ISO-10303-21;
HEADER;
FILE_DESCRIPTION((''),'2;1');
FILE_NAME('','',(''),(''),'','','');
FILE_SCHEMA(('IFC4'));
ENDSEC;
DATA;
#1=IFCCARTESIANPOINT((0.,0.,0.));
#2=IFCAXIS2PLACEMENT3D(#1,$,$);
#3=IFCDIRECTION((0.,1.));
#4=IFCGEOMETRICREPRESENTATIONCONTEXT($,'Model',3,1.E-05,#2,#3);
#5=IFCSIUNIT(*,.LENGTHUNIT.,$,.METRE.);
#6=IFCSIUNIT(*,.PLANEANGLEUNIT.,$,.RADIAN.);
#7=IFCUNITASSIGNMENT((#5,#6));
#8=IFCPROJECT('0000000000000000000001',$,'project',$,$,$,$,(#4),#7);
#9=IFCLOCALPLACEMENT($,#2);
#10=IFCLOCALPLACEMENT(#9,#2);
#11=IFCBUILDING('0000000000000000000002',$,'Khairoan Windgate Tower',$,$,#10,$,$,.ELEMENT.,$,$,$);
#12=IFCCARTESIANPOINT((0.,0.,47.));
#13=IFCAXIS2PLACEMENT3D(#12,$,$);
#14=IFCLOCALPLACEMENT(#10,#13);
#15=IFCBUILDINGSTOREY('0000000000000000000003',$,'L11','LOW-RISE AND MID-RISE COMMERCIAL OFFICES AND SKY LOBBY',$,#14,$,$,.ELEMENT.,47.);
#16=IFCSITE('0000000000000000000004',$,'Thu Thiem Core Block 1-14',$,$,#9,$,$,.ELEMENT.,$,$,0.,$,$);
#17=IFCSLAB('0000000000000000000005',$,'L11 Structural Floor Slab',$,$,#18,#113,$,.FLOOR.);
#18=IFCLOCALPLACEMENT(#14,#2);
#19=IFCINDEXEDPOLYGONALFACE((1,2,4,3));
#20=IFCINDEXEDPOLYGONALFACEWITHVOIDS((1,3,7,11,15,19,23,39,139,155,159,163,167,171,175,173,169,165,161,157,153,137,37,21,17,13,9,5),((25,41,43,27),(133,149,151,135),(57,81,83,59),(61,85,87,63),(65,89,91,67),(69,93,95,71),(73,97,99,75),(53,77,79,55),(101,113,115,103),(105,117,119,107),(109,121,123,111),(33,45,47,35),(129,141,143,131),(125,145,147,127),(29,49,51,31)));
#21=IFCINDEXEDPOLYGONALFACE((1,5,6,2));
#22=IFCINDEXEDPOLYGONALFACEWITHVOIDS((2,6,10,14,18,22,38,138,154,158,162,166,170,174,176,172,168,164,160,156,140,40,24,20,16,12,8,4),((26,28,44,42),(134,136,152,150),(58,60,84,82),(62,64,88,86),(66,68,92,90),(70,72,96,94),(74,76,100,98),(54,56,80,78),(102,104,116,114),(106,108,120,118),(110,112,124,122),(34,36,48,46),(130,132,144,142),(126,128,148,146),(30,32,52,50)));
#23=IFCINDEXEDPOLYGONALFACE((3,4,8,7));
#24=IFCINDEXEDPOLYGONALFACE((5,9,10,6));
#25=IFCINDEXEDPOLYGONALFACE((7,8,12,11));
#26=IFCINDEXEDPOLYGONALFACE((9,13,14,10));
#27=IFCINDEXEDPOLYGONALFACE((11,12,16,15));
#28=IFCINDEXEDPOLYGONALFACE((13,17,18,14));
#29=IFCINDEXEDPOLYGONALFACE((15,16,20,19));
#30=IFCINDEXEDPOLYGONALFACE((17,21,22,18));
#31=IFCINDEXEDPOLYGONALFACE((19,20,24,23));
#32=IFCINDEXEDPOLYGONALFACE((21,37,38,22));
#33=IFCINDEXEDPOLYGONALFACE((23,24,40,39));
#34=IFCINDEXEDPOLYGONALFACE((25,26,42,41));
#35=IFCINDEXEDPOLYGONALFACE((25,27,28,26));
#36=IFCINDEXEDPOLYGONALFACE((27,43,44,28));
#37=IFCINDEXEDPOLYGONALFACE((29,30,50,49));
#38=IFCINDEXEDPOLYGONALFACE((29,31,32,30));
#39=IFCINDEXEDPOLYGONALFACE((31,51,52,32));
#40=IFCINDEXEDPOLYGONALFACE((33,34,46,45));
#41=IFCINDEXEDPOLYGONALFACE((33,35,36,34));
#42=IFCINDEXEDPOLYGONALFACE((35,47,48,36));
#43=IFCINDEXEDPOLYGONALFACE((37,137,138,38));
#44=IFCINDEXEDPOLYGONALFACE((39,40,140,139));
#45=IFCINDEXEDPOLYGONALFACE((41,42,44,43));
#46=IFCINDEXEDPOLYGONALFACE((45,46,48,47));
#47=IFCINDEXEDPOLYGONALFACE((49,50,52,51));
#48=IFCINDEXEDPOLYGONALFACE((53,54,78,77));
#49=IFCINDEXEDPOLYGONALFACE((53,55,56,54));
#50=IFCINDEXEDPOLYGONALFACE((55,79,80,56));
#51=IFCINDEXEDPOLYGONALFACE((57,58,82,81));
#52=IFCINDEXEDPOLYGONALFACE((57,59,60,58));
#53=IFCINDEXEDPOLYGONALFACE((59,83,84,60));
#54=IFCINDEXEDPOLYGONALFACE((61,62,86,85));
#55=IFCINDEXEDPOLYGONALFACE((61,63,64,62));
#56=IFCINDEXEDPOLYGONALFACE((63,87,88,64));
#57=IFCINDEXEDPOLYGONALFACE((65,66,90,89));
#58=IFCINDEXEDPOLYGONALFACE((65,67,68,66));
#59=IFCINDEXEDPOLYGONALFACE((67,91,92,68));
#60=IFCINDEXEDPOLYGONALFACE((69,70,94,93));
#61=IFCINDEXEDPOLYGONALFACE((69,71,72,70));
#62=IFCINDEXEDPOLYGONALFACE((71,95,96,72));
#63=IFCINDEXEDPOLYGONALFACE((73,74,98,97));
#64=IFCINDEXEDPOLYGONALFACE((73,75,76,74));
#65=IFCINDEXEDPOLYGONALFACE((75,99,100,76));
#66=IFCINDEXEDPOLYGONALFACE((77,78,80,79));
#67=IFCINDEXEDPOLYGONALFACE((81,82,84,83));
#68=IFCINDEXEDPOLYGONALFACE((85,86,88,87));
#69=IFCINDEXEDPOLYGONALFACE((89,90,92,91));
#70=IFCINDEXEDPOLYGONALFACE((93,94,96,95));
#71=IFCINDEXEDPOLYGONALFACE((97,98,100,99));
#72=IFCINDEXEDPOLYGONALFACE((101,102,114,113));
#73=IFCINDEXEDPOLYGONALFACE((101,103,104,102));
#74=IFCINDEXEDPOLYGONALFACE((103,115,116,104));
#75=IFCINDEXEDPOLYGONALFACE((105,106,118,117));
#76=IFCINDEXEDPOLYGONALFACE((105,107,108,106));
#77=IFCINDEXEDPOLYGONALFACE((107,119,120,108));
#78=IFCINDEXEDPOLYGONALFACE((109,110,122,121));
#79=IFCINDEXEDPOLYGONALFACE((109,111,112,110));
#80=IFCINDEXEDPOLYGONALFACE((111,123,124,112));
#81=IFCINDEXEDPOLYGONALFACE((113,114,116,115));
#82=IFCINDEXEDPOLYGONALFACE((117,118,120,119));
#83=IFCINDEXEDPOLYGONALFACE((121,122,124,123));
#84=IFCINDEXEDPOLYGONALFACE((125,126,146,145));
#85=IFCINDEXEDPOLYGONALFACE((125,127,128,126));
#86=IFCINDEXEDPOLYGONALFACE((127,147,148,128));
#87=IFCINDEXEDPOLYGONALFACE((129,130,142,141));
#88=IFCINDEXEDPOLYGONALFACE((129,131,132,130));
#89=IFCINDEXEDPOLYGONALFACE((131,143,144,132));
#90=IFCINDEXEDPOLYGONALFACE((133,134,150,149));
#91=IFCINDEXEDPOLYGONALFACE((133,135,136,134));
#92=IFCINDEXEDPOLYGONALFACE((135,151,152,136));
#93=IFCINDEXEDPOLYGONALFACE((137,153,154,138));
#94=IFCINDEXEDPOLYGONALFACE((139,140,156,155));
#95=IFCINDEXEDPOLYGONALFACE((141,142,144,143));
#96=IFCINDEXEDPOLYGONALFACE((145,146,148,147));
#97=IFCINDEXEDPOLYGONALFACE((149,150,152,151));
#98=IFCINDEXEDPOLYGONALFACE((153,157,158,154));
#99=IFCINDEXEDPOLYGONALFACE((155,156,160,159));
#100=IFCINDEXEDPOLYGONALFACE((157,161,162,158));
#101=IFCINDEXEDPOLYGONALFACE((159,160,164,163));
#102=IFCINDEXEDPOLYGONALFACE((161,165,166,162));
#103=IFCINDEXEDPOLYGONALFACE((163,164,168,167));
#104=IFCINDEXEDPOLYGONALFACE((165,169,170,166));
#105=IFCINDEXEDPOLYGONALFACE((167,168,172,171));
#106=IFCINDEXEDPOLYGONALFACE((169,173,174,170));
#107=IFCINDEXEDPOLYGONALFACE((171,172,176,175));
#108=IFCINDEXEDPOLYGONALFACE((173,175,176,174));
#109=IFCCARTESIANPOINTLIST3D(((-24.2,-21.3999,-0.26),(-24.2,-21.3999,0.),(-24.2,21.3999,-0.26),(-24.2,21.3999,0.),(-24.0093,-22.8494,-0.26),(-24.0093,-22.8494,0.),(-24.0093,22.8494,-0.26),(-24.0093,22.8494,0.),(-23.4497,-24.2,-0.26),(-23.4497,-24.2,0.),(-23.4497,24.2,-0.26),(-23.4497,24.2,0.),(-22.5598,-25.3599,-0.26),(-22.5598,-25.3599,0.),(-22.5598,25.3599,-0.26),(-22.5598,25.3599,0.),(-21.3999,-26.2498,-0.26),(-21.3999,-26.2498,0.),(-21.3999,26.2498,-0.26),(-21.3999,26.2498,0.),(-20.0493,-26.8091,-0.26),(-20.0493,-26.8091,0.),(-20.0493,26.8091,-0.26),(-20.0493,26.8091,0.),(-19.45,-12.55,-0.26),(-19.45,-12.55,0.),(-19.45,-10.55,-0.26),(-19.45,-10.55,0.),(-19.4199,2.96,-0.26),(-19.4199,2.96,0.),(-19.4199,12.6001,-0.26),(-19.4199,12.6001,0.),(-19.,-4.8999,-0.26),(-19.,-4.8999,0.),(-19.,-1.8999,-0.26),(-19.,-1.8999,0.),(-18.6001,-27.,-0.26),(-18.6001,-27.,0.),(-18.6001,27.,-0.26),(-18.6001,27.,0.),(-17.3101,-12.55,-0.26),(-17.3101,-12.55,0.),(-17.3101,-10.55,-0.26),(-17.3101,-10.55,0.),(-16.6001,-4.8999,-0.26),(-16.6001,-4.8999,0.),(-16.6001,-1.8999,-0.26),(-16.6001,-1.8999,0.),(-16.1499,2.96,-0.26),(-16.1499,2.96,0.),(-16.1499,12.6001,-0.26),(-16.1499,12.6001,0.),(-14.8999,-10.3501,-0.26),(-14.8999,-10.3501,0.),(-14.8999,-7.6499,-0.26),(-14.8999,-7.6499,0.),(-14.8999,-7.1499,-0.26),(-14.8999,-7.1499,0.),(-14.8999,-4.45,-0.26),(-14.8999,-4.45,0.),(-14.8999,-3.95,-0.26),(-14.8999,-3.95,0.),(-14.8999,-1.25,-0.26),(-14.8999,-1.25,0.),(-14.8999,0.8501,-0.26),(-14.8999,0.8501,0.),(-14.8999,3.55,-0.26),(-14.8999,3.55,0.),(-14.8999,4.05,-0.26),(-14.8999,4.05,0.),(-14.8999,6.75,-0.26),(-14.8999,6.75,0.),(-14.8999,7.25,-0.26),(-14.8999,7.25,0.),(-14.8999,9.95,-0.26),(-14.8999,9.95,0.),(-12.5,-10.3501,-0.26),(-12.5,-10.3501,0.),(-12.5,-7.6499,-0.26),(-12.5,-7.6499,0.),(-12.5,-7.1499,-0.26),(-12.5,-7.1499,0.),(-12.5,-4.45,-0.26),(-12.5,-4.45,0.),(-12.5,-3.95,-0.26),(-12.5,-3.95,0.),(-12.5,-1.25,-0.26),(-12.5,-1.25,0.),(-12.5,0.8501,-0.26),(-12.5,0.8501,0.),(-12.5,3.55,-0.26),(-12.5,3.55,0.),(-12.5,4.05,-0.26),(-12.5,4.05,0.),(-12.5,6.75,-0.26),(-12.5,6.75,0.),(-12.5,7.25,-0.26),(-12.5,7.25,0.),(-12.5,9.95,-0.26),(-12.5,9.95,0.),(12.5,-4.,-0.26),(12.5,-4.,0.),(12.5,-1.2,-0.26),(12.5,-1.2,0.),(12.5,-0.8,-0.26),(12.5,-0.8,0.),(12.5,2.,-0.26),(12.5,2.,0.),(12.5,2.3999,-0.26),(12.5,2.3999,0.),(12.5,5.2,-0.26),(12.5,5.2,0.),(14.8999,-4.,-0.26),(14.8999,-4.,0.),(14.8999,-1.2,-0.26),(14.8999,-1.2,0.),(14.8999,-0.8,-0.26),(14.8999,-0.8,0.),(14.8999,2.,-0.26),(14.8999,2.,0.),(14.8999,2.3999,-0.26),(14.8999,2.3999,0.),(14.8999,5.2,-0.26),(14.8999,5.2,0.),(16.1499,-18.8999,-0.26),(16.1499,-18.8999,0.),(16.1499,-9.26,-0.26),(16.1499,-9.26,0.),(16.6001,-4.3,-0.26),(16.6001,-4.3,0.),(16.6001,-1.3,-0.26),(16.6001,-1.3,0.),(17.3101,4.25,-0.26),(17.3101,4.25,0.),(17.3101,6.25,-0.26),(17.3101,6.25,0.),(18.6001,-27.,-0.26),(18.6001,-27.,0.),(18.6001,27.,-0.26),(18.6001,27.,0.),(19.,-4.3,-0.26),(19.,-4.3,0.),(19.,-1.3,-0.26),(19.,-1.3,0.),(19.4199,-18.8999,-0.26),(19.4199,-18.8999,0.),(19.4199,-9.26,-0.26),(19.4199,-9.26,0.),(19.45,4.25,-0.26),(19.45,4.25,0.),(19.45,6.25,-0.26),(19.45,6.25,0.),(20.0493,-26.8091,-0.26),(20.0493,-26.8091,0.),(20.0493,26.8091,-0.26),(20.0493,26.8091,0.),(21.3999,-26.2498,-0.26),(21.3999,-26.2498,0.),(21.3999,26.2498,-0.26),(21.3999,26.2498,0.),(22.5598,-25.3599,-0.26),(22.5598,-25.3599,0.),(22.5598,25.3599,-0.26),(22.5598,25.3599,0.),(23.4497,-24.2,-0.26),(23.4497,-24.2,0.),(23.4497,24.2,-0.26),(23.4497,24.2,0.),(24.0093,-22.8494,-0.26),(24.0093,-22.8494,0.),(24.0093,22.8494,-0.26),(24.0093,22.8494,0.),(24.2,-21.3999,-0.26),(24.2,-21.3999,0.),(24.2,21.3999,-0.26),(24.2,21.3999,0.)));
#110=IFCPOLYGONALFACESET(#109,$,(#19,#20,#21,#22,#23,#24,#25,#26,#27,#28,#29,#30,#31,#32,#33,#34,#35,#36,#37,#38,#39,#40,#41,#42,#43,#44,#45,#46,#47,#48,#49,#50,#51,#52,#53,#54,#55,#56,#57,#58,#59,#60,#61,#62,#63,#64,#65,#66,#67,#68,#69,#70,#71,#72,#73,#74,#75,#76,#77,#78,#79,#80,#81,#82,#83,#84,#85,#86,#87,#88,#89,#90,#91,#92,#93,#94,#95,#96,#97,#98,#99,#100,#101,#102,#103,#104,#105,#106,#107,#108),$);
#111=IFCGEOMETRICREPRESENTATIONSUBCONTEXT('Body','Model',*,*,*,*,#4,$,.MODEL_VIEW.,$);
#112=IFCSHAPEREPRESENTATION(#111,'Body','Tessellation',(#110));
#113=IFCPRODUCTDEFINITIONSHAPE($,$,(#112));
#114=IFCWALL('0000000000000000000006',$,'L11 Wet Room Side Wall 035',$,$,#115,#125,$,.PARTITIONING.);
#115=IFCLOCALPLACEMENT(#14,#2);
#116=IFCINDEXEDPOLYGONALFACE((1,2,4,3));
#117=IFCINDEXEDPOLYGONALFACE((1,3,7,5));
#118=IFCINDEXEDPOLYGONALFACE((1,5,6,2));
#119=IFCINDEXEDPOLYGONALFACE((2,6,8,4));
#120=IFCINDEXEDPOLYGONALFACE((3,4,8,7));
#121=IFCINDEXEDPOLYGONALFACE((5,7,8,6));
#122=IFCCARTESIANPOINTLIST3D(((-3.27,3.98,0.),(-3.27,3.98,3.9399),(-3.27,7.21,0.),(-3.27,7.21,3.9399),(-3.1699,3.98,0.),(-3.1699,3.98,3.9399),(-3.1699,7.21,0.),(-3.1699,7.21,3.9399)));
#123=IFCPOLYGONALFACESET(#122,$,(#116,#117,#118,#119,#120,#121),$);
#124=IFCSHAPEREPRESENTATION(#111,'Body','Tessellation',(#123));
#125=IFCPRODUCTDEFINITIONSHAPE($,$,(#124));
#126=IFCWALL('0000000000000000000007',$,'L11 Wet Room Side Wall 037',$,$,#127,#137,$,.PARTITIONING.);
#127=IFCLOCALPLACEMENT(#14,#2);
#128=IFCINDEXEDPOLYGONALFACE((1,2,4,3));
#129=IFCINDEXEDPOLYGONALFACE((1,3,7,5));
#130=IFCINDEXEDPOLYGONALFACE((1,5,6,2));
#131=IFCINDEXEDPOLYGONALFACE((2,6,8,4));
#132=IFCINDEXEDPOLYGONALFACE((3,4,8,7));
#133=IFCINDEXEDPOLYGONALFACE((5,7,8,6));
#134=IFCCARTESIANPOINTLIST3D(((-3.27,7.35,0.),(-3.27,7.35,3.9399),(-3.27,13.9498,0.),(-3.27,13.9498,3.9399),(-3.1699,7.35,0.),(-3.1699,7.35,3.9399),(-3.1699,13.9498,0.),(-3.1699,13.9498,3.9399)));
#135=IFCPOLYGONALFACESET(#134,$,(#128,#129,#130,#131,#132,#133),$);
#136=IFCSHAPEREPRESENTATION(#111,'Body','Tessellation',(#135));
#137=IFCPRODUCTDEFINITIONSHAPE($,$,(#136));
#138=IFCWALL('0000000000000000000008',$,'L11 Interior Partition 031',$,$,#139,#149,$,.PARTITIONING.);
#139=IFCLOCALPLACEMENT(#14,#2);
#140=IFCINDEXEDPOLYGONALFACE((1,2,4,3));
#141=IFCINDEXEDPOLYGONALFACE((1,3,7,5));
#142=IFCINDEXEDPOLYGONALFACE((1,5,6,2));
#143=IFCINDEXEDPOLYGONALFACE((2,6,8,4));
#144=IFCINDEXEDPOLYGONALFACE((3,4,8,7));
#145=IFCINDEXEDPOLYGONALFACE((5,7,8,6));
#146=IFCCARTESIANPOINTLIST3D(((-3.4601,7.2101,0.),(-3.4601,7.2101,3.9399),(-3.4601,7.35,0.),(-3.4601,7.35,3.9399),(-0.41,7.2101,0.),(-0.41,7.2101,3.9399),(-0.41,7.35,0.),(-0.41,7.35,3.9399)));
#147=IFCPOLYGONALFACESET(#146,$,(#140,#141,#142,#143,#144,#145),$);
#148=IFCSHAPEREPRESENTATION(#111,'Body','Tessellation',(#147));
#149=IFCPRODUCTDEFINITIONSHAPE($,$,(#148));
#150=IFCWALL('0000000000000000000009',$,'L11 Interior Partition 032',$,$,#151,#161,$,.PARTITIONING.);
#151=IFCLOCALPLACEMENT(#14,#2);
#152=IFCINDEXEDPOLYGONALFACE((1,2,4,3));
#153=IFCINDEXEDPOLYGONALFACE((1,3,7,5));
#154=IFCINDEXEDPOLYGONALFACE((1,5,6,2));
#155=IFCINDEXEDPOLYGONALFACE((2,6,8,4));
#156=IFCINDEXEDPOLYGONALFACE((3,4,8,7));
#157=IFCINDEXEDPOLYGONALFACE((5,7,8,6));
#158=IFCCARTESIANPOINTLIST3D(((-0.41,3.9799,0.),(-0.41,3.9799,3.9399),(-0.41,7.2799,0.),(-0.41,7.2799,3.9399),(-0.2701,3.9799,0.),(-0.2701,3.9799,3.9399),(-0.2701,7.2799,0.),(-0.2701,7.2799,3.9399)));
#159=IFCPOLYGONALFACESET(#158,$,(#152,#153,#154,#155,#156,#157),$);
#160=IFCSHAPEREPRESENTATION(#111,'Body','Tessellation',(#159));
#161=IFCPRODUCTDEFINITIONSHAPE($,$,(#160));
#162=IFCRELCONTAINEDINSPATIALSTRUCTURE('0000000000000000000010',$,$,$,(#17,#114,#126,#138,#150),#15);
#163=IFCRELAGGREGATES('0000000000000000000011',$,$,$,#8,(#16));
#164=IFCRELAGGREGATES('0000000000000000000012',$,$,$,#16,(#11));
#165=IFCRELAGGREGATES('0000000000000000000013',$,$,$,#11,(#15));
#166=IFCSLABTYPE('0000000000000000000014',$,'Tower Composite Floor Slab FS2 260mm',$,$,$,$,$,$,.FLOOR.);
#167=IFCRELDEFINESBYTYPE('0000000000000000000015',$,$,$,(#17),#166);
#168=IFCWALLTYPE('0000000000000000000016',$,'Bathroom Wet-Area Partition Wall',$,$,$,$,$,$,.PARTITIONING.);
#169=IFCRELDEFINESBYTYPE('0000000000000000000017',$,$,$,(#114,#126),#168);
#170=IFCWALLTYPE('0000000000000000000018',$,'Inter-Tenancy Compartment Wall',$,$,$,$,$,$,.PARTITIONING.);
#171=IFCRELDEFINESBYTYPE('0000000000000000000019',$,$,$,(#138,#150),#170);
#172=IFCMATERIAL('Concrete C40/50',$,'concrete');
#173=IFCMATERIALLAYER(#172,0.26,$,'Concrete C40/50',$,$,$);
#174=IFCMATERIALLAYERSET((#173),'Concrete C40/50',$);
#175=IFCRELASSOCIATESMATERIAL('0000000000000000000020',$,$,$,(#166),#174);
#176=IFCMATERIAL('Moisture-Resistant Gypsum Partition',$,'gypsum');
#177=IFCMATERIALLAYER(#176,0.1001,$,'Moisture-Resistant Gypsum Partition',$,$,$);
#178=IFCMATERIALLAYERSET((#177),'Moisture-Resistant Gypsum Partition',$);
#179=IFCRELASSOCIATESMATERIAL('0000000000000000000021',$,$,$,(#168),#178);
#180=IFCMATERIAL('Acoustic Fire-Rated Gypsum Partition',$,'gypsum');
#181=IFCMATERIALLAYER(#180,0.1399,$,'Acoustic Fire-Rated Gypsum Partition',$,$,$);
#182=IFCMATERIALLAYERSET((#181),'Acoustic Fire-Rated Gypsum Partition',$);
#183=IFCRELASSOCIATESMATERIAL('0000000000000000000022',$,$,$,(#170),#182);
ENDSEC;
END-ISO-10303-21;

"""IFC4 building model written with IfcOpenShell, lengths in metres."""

from ifc_helpers import new_model, si_unit, direction, frame, frame_2d, origin, place, context, subcontext, project, spatial, polyline, rectangle, outline, extrude, material, layer, layer_set, type_object, element, save


model = new_model("IFC4")

# Units and contexts
model_context = context("Model", 3, precision=1e-05, world=origin(), true_north=direction((0.0, 1.0)))
body_context = subcontext(model_context, "Body", "Model", "MODEL_VIEW")
ifc_project = project(units=[si_unit("LENGTHUNIT", "METRE"), si_unit("PLANEANGLEUNIT", "RADIAN")], contexts=[model_context])

# Site, building, storey
site_placement = place(None, origin())
site = spatial("IfcSite", under=ifc_project, at=site_placement, Name="Thu Thiem Core Block 1-14", CompositionType="ELEMENT", RefElevation=0.0)
building_placement = place(site_placement, origin())
building = spatial("IfcBuilding", under=site, at=building_placement, Name="Khairoan Windgate Tower", CompositionType="ELEMENT")
storey_placement = place(building_placement, frame((0.0, 0.0, 47.0)))
storey = spatial("IfcBuildingStorey", under=building, at=storey_placement, Name="L11", Description="LOW-RISE AND MID-RISE COMMERCIAL OFFICES AND SKY LOBBY", CompositionType="ELEMENT", Elevation=47.0)

# Slab
ifc_material_1 = material(Name="Concrete C40/50", Category="concrete")
ifc_layer_1 = layer(ifc_material_1, 0.26, Name="Concrete C40/50")
ifc_layer_set_1 = layer_set([ifc_layer_1], Name="Concrete C40/50")
slab_type_1 = type_object("IfcSlabType", Name="Tower Composite Floor Slab FS2 260mm", PredefinedType="FLOOR", material=ifc_layer_set_1)
slab_1_placement = place(storey_placement, frame((0.0, 0.0, -0.26)))
element("IfcSlab", 1, at=slab_1_placement, inside=storey, type_object=slab_type_1, Name="L11 Structural Floor Slab", PredefinedType="FLOOR", context=body_context, shape_type="SweptSolid", body=[
    extrude(outline(polyline([(18.6001, -27.0), (20.0493, -26.8091), (21.3999, -26.2498), (22.5598, -25.3599), (23.4497, -24.2), (24.0093, -22.8494), (24.2, -21.3999), (24.2, 21.3999), (24.0093, 22.8494), (23.4497, 24.2), (22.5598, 25.3599), (21.3999, 26.2498), (20.0493, 26.8091), (18.6001, 27.0), (-18.6001, 27.0), (-20.0493, 26.8091), (-21.3999, 26.2498), (-22.5598, 25.3599), (-23.4497, 24.2), (-24.0093, 22.8494), (-24.2, 21.3999), (-24.2, -21.3999), (-24.0093, -22.8494), (-23.4497, -24.2), (-22.5598, -25.3599), (-21.3999, -26.2498), (-20.0493, -26.8091), (-18.6001, -27.0), (18.6001, -27.0)]), holes=[polyline([(16.1499, -9.26), (16.1499, -18.8999), (19.4199, -18.8999), (19.4199, -9.26), (16.1499, -9.26)]), polyline([(-16.1499, 2.96), (-16.1499, 12.6001), (-19.4199, 12.6001), (-19.4199, 2.96), (-16.1499, 2.96)]), polyline([(-14.8999, 7.25), (-12.5, 7.25), (-12.5, 9.95), (-14.8999, 9.95), (-14.8999, 7.25)]), polyline([(-14.8999, 4.05), (-12.5, 4.05), (-12.5, 6.75), (-14.8999, 6.75), (-14.8999, 4.05)]), polyline([(-14.8999, 0.8501), (-12.5, 0.8501), (-12.5, 3.55), (-14.8999, 3.55), (-14.8999, 0.8501)]), polyline([(-14.8999, -3.95), (-12.5, -3.95), (-12.5, -1.25), (-14.8999, -1.25), (-14.8999, -3.95)]), polyline([(-14.8999, -7.1499), (-12.5, -7.1499), (-12.5, -4.45), (-14.8999, -4.45), (-14.8999, -7.1499)]), polyline([(-14.8999, -10.3501), (-12.5, -10.3501), (-12.5, -7.6499), (-14.8999, -7.6499), (-14.8999, -10.3501)]), polyline([(12.5, 2.3999), (14.8999, 2.3999), (14.8999, 5.2), (12.5, 5.2), (12.5, 2.3999)]), polyline([(12.5, -0.8), (14.8999, -0.8), (14.8999, 2.0), (12.5, 2.0), (12.5, -0.8)]), polyline([(12.5, -4.0), (14.8999, -4.0), (14.8999, -1.2), (12.5, -1.2), (12.5, -4.0)]), polyline([(16.6001, -4.3), (19.0, -4.3), (19.0, -1.3), (16.6001, -1.3), (16.6001, -4.3)]), polyline([(-19.0, -4.8999), (-16.6001, -4.8999), (-16.6001, -1.8999), (-19.0, -1.8999), (-19.0, -4.8999)]), polyline([(-19.45, -12.55), (-17.3101, -12.55), (-17.3101, -10.55), (-19.45, -10.55), (-19.45, -12.55)]), polyline([(17.3101, 4.25), (19.45, 4.25), (19.45, 6.25), (17.3101, 6.25), (17.3101, 4.25)])]), origin(), (0.0, 0.0, 1.0), 0.26),
])

# Walls
ifc_material_2 = material(Name="Moisture-Resistant Gypsum Partition", Category="gypsum")
ifc_layer_2 = layer(ifc_material_2, 0.1001, Name="Moisture-Resistant Gypsum Partition")
ifc_layer_set_2 = layer_set([ifc_layer_2], Name="Moisture-Resistant Gypsum Partition")
wall_type_1 = type_object("IfcWallType", Name="Bathroom Wet-Area Partition Wall", PredefinedType="PARTITIONING", material=ifc_layer_set_2)
wall_1_placement = place(storey_placement, frame((-3.22, 3.98, 0.0), z_axis=(0.0, 0.0, 1.0), x_axis=(0.0, 1.0, 0.0)))
element("IfcWall", 2, at=wall_1_placement, inside=storey, type_object=wall_type_1, Name="L11 Wet Room Side Wall 035", PredefinedType="PARTITIONING", context=body_context, shape_type="SweptSolid", body=[
    extrude(rectangle(XDim=3.23, YDim=0.1001, at=frame_2d((1.615, 0.0))), origin(), (0.0, 0.0, 1.0), 3.9399),
])
wall_2_placement = place(storey_placement, frame((-3.22, 7.3501, 0.0), z_axis=(0.0, 0.0, 1.0), x_axis=(0.0, 1.0, 0.0)))
element("IfcWall", 3, at=wall_2_placement, inside=storey, type_object=wall_type_1, Name="L11 Wet Room Side Wall 037", PredefinedType="PARTITIONING", context=body_context, shape_type="SweptSolid", body=[
    extrude(rectangle(XDim=6.5999, YDim=0.1001, at=frame_2d((3.2998, 0.0))), origin(), (0.0, 0.0, 1.0), 3.9399),
])
ifc_material_3 = material(Name="Acoustic Fire-Rated Gypsum Partition", Category="gypsum")
ifc_layer_3 = layer(ifc_material_3, 0.1399, Name="Acoustic Fire-Rated Gypsum Partition")
ifc_layer_set_3 = layer_set([ifc_layer_3], Name="Acoustic Fire-Rated Gypsum Partition")
wall_type_2 = type_object("IfcWallType", Name="Inter-Tenancy Compartment Wall", PredefinedType="PARTITIONING", material=ifc_layer_set_3)
wall_3_placement = place(storey_placement, frame((-3.46, 7.28, 0.0), z_axis=(0.0, 0.0, 1.0), x_axis=(1.0, 0.0, 0.0)))
element("IfcWall", 4, at=wall_3_placement, inside=storey, type_object=wall_type_2, Name="L11 Interior Partition 031", PredefinedType="PARTITIONING", context=body_context, shape_type="SweptSolid", body=[
    extrude(rectangle(XDim=3.05, YDim=0.1399, at=frame_2d((1.5249, 0.0))), origin(), (0.0, 0.0, 1.0), 3.9399),
])
wall_4_placement = place(storey_placement, frame((-0.3401, 3.98, 0.0), z_axis=(0.0, 0.0, 1.0), x_axis=(0.0, 1.0, 0.0)))
element("IfcWall", 5, at=wall_4_placement, inside=storey, type_object=wall_type_2, Name="L11 Interior Partition 032", PredefinedType="PARTITIONING", context=body_context, shape_type="SweptSolid", body=[
    extrude(rectangle(XDim=3.3, YDim=0.1399, at=frame_2d((1.6499, 0.0))), origin(), (0.0, 0.0, 1.0), 3.9399),
])

save(model, "model.ifc")
